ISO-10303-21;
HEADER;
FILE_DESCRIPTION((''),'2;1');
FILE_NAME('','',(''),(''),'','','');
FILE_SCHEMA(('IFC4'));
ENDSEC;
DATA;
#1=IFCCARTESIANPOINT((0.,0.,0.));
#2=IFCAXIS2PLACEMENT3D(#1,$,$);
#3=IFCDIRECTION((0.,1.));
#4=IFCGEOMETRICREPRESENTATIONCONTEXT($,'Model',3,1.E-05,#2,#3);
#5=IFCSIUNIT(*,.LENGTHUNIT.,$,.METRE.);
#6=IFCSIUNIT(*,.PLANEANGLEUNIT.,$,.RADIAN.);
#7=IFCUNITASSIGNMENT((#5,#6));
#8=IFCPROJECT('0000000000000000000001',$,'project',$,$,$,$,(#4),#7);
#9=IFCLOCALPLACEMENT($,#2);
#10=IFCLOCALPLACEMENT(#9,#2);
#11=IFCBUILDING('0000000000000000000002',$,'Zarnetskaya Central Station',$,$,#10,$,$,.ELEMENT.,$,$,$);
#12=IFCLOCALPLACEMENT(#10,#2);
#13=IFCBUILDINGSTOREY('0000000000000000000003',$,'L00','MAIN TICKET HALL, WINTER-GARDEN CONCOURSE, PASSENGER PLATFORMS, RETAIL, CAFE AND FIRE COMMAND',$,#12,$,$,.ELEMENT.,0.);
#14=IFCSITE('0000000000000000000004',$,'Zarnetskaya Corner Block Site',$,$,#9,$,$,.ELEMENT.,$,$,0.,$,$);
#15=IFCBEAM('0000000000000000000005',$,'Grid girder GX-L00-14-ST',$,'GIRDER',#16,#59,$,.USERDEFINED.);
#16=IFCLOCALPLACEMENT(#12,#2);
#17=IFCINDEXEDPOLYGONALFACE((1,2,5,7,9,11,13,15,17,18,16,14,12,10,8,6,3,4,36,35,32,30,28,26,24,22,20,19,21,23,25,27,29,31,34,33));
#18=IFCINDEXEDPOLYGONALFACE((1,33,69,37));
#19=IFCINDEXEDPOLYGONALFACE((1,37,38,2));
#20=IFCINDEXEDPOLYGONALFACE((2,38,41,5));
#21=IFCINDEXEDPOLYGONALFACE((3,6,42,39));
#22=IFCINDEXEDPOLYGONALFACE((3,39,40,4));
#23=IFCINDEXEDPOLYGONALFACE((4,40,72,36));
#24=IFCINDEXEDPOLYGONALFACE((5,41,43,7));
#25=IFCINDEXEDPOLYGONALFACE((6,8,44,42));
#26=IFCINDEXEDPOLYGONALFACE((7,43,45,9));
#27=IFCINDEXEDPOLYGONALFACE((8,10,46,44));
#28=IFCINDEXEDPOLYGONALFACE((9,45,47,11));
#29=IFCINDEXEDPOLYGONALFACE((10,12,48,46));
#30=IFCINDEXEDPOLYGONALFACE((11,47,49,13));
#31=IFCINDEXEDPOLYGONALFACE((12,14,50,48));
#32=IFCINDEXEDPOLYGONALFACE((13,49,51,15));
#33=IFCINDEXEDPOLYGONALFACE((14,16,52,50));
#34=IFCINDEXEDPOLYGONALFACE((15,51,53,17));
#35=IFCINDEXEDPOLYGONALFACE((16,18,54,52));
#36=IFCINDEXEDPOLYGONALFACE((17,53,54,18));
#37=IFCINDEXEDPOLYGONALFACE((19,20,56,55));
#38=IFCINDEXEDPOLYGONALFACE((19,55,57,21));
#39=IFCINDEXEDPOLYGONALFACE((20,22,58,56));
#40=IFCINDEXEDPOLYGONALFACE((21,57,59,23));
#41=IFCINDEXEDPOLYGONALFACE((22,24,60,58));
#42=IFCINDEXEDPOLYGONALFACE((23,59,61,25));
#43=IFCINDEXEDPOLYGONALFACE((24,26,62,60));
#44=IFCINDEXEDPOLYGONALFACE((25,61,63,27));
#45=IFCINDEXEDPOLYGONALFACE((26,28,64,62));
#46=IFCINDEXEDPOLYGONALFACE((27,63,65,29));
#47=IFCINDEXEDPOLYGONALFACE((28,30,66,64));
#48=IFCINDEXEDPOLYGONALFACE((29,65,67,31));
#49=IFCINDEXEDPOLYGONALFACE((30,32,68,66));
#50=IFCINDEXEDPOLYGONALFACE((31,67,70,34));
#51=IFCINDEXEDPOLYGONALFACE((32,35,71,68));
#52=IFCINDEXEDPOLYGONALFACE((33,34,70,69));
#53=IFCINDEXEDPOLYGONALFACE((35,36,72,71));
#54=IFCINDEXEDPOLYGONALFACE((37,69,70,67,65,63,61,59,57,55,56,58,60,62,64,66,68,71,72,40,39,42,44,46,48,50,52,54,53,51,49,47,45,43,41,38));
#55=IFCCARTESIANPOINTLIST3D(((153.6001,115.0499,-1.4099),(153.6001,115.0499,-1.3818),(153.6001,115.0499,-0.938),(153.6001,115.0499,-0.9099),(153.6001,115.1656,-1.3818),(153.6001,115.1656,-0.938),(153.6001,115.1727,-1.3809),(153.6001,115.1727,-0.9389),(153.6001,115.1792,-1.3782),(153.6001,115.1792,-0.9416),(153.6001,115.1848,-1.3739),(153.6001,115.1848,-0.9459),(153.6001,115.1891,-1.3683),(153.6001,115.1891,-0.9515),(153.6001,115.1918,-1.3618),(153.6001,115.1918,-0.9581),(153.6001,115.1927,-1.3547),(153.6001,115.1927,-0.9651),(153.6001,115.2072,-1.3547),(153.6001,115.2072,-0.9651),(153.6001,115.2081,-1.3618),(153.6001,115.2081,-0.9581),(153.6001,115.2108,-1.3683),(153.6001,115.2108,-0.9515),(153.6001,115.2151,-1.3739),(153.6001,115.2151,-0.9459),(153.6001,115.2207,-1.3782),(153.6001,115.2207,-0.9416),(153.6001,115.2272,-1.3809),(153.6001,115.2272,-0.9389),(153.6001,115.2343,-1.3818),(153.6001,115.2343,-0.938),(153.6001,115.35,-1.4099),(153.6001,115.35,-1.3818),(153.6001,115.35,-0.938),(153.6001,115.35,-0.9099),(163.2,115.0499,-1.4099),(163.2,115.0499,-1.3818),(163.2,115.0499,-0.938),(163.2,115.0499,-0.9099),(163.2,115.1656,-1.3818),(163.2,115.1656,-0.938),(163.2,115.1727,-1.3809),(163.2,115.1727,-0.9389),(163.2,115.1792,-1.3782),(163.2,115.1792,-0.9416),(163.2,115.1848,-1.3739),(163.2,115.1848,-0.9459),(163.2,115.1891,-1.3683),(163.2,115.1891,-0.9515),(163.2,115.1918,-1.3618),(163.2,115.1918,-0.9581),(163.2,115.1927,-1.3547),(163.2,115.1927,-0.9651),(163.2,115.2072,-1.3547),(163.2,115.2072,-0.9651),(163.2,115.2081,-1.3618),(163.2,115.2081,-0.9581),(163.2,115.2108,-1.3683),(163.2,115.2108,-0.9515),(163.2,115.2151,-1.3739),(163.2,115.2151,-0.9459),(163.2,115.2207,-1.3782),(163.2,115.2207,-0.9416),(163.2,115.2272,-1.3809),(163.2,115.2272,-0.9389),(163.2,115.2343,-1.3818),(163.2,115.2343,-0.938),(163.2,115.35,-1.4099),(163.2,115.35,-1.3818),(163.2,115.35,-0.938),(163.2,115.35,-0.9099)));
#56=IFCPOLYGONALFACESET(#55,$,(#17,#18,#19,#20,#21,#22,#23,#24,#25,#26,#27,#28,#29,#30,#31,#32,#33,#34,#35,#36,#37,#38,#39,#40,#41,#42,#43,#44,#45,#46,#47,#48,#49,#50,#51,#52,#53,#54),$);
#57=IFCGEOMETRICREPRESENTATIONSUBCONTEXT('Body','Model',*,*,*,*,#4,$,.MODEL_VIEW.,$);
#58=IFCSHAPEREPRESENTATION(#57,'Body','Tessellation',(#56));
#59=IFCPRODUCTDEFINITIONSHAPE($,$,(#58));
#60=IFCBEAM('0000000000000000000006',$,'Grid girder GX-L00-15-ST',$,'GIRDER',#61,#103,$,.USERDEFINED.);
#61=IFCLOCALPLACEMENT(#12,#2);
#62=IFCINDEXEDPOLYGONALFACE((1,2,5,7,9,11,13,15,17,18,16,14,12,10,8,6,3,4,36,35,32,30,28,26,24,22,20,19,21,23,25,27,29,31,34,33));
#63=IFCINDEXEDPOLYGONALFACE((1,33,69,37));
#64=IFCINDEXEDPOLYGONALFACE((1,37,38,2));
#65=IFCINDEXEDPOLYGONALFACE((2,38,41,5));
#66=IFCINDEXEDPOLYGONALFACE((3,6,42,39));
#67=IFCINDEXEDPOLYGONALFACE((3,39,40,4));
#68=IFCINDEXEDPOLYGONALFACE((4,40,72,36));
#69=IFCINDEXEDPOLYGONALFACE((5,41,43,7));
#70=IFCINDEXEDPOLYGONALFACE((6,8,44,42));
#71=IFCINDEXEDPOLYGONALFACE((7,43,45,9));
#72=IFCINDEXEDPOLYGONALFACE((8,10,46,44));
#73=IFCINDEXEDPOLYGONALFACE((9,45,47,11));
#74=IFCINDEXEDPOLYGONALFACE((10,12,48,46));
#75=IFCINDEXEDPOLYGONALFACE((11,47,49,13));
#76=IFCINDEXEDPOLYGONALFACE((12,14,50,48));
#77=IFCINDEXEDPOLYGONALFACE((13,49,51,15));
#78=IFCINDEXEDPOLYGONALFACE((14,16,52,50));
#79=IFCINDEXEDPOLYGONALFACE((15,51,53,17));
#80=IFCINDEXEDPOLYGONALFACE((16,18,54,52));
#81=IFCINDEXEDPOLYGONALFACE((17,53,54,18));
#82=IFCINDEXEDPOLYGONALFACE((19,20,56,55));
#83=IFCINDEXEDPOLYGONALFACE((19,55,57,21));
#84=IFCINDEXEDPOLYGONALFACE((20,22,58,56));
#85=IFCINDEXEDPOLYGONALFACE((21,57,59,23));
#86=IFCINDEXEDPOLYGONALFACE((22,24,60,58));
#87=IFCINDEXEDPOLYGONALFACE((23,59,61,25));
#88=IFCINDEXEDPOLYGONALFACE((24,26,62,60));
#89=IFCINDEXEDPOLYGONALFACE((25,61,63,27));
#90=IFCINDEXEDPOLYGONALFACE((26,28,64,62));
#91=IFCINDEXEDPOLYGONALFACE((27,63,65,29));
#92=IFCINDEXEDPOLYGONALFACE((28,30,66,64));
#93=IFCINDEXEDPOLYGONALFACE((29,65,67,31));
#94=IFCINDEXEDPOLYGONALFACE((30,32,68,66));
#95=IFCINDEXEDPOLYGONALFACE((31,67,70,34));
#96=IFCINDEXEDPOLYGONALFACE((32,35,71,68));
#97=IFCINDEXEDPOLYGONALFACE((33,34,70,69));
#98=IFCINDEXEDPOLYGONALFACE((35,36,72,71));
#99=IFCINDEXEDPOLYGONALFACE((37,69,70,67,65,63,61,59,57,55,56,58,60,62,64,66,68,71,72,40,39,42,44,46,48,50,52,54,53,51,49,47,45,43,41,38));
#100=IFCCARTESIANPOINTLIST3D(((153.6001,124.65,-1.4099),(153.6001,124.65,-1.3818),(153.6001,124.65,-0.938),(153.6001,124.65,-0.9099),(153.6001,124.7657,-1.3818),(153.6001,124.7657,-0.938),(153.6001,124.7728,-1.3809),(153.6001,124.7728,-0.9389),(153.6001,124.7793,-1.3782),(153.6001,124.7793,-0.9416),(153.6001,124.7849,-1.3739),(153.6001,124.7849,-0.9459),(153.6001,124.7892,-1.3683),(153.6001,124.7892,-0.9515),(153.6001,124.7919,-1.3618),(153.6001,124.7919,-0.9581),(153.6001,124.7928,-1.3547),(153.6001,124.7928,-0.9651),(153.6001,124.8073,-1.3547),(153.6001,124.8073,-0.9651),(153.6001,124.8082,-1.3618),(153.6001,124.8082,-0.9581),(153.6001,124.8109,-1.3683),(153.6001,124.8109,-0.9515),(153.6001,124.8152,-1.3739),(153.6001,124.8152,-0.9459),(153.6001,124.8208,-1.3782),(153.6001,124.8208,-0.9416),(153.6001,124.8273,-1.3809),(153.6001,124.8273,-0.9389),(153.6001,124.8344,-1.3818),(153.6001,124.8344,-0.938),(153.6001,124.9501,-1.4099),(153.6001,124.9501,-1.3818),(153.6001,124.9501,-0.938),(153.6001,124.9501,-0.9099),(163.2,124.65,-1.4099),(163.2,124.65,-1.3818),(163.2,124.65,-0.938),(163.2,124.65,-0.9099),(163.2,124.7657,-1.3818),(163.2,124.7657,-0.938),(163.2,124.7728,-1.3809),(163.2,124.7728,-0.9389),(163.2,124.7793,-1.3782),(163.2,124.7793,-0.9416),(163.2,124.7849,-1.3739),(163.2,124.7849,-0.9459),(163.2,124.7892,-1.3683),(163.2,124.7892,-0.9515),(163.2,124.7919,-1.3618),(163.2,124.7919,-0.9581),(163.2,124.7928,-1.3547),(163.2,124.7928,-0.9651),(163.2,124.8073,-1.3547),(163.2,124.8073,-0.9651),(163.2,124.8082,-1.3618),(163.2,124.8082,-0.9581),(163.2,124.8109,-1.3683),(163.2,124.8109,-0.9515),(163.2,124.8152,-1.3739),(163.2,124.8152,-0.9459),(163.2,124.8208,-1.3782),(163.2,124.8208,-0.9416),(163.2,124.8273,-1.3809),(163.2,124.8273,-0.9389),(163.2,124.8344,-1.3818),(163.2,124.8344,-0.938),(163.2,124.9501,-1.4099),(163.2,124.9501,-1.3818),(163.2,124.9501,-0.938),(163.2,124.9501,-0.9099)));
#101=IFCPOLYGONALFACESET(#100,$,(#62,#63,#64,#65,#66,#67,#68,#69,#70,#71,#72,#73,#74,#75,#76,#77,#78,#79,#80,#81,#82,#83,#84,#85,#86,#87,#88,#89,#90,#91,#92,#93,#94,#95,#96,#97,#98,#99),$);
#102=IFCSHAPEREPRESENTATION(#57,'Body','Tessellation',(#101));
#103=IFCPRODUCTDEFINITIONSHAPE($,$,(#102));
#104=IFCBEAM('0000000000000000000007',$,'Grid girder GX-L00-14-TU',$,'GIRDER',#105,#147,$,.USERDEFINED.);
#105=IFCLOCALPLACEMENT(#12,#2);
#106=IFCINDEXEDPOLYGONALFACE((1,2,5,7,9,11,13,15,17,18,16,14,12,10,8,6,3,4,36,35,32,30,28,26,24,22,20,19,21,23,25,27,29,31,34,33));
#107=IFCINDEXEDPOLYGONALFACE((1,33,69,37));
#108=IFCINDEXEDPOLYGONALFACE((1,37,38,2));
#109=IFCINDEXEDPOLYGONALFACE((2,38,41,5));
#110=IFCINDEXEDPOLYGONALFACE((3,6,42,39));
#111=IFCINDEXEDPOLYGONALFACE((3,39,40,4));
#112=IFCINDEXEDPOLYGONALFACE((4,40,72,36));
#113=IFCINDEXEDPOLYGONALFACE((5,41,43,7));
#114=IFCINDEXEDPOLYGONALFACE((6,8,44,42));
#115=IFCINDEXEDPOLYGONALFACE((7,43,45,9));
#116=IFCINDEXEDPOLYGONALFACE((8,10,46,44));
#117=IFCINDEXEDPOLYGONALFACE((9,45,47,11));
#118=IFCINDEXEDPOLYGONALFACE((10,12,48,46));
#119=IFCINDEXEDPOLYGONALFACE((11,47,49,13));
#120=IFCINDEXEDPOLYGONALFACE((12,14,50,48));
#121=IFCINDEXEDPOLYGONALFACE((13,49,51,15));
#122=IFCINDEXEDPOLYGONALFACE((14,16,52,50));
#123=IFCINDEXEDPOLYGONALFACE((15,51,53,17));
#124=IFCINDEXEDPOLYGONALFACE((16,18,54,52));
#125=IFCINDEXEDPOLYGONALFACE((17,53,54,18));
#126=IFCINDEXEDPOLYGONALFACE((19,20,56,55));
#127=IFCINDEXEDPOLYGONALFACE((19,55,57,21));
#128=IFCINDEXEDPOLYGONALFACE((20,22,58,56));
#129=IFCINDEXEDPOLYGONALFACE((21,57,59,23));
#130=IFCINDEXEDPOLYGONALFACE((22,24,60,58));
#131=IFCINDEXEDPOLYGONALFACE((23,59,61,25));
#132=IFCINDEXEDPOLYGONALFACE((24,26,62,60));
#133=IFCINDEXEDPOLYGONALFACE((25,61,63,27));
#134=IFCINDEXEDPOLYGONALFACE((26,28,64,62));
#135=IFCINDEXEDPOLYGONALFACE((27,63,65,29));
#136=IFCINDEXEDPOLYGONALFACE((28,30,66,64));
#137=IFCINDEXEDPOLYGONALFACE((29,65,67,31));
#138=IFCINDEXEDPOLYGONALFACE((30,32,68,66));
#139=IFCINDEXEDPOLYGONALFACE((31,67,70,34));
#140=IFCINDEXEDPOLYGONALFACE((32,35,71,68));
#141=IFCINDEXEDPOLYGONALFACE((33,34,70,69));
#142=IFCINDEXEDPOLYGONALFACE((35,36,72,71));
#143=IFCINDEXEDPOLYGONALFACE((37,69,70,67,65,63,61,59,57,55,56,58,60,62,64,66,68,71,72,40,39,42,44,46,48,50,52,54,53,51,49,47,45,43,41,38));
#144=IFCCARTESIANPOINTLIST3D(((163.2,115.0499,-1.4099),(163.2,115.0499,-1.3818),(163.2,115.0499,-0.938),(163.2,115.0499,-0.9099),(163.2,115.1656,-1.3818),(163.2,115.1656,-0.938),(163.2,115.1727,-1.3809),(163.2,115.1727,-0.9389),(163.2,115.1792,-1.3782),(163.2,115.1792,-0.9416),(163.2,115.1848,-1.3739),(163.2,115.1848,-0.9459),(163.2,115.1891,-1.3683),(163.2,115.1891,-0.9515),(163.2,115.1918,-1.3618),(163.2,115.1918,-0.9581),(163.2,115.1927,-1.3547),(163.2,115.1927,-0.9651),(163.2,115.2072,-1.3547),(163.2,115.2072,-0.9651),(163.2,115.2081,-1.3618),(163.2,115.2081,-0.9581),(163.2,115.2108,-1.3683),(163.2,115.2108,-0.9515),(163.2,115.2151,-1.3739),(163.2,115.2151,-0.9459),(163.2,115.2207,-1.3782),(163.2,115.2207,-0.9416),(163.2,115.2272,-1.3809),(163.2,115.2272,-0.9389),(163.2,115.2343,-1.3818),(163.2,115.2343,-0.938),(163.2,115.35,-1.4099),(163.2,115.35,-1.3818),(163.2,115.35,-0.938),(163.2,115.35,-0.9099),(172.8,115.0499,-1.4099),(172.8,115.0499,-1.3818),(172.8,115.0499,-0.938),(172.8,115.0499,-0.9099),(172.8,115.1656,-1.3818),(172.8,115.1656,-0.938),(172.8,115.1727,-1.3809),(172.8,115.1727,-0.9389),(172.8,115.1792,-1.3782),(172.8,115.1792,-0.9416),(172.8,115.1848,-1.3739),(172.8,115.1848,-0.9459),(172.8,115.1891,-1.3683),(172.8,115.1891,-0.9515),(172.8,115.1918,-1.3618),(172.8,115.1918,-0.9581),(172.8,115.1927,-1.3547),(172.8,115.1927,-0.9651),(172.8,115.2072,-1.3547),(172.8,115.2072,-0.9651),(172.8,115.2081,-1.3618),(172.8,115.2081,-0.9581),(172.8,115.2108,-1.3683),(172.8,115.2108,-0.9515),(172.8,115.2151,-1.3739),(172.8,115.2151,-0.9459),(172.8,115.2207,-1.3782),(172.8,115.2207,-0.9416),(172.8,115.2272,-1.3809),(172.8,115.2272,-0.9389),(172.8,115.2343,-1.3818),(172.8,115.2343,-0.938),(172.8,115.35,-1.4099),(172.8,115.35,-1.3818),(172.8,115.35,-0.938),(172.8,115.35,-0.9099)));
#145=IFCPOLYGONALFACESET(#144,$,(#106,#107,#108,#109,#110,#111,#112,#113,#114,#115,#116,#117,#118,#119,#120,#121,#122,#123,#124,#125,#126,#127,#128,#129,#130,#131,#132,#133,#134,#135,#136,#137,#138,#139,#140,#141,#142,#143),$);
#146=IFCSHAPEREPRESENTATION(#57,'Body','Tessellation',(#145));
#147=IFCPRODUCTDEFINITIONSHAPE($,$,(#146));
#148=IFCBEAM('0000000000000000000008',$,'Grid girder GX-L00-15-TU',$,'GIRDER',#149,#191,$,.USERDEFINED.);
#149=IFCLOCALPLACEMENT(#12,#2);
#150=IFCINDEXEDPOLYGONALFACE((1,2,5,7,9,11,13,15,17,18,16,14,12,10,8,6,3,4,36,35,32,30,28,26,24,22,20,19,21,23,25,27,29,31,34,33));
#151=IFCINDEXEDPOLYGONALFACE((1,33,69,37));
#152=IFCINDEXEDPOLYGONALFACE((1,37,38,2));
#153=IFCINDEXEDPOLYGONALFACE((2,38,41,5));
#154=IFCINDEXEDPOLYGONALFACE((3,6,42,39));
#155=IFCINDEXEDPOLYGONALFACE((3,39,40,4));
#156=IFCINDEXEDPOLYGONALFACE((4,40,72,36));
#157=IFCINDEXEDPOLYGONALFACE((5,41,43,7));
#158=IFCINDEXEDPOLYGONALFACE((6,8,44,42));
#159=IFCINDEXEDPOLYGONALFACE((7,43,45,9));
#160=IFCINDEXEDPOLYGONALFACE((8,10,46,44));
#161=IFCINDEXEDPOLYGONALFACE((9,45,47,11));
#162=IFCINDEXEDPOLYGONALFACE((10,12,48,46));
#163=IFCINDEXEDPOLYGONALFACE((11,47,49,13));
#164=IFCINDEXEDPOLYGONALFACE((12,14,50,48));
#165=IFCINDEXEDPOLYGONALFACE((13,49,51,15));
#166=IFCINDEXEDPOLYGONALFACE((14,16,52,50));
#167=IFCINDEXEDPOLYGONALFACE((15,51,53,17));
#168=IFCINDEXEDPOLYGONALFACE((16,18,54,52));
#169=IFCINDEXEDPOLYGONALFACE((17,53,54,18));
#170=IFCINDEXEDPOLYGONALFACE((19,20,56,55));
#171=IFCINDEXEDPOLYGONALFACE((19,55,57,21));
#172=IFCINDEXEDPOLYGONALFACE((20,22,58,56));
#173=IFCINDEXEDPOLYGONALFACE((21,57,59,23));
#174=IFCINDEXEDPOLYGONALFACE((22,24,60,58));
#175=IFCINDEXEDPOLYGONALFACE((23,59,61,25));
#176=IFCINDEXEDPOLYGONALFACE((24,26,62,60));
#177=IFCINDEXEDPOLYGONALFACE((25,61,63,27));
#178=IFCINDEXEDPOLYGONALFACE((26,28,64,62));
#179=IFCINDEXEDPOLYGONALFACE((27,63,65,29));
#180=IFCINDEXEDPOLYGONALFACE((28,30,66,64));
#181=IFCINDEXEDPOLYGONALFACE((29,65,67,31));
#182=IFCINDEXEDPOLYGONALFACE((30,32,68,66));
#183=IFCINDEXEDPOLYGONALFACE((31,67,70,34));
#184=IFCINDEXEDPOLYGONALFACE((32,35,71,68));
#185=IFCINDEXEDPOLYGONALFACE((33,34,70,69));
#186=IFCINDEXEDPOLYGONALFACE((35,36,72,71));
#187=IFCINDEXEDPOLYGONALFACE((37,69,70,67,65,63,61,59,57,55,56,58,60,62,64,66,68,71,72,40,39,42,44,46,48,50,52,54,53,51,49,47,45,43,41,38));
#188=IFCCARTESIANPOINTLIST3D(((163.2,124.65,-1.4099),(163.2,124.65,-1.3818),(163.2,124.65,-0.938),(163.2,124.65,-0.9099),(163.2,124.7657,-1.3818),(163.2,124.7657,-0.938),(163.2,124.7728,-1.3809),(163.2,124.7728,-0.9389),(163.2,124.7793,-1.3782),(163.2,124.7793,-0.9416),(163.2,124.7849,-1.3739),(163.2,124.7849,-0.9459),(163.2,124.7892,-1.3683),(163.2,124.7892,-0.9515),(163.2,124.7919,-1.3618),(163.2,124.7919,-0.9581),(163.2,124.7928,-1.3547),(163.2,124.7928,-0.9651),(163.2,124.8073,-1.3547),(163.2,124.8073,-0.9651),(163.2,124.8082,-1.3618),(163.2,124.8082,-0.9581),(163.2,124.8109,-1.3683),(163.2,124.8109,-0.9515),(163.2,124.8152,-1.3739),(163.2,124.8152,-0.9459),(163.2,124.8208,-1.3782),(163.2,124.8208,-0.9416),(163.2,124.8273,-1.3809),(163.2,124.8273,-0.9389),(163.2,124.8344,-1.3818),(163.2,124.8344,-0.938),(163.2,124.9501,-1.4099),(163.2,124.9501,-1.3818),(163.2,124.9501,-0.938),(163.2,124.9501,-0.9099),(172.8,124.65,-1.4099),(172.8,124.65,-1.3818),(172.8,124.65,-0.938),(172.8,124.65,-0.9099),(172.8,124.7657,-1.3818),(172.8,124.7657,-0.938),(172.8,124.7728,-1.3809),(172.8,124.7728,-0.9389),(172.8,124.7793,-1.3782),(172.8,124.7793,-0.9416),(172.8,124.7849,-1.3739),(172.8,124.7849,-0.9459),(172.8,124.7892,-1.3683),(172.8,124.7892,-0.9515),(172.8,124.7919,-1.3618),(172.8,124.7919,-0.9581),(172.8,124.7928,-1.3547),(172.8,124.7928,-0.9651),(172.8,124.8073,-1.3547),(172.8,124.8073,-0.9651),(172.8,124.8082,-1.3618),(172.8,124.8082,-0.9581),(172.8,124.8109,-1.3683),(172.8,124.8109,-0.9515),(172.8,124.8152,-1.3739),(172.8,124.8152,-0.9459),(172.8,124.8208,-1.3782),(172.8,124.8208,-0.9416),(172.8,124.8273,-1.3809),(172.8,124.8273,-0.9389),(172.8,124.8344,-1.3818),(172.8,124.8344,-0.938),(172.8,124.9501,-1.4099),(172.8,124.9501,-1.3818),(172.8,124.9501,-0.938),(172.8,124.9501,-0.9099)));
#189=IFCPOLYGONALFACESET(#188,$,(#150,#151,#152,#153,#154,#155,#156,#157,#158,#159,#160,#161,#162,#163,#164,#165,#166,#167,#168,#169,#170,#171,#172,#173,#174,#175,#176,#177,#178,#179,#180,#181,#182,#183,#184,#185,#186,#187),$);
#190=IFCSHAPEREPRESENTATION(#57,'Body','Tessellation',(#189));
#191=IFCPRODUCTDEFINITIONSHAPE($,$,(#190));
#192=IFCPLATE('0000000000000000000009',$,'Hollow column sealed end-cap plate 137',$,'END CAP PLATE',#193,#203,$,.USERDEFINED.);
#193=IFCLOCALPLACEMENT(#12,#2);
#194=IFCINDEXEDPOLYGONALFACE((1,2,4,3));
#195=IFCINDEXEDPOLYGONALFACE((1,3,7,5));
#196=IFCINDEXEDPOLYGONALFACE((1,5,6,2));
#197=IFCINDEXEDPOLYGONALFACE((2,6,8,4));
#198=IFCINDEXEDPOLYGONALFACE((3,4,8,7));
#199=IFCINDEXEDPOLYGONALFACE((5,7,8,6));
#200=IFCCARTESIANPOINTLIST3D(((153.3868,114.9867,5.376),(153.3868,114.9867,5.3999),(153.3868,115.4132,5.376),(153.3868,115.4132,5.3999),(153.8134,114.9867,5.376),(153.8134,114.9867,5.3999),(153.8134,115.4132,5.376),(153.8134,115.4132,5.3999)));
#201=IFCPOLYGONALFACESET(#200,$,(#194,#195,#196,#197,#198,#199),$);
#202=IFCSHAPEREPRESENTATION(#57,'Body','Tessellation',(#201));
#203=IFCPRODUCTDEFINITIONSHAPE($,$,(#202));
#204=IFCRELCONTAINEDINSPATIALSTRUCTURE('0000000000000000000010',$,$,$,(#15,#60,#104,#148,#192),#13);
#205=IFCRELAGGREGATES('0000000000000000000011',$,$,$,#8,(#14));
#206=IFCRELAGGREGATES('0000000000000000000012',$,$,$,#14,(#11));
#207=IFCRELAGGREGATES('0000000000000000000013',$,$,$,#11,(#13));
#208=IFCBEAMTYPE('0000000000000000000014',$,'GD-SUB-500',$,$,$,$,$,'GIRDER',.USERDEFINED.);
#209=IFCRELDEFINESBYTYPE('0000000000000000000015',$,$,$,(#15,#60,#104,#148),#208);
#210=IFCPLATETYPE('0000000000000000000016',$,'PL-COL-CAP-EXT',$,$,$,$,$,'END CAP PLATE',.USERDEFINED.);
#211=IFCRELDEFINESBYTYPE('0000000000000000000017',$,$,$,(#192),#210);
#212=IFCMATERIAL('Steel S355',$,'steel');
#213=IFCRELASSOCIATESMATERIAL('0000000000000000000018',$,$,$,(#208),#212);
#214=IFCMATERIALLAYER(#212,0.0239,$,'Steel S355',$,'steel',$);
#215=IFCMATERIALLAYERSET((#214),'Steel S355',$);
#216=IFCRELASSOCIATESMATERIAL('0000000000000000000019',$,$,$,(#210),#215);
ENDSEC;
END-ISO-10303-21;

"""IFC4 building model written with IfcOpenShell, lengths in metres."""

from ifc_helpers import new_model, si_unit, direction, frame, origin, origin_2d, place, context, subcontext, project, spatial, rectangle, i_section, extrude, material, layer, layer_set, material_profile, profile_set, type_object, element, save


model = new_model("IFC4")

# Units and contexts
model_context = context("Model", 3, precision=1e-05, world=origin(), true_north=direction((0.0, 1.0)))
body_context = subcontext(model_context, "Body", "Model", "MODEL_VIEW")
ifc_project = project(units=[si_unit("LENGTHUNIT", "METRE"), si_unit("PLANEANGLEUNIT", "RADIAN")], contexts=[model_context])

# Site, building, storey
site_placement = place(None, origin())
site = spatial("IfcSite", under=ifc_project, at=site_placement, Name="Zarnetskaya Corner Block Site", CompositionType="ELEMENT", RefElevation=0.0)
building_placement = place(site_placement, origin())
building = spatial("IfcBuilding", under=site, at=building_placement, Name="Zarnetskaya Central Station", CompositionType="ELEMENT")
storey_placement = place(building_placement, origin())
storey = spatial("IfcBuildingStorey", under=building, at=storey_placement, Name="L00", Description="MAIN TICKET HALL, WINTER-GARDEN CONCOURSE, PASSENGER PLATFORMS, RETAIL, CAFE AND FIRE COMMAND", CompositionType="ELEMENT", Elevation=0.0)

# Shared definitions
ifc_material = material(Name="Steel S355", Category="steel")

# Beams
ifc_material_profile_1 = material_profile(ifc_material, i_section(OverallWidth=0.3, OverallDepth=0.5, WebThickness=0.0144, FlangeThickness=0.0281, FilletRadius=0.0271, at=origin_2d()), Name="HEB 500")
ifc_profile_set_1 = profile_set([ifc_material_profile_1], Name="Steel S355")
beam_type_1 = type_object("IfcBeamType", Name="GD-SUB-500", ElementType="GIRDER", PredefinedType="USERDEFINED", material=ifc_profile_set_1)
for number, where, z_axis, x_axis, name in (
    (1, (153.6001, 115.2, -1.1599), (1.0, 0.0, 0.0), (0.0, 1.0, 0.0), "Grid girder GX-L00-14-ST"),
    (2, (153.6001, 124.8, -1.1599), (1.0, 0.0, 0.0), (0.0, 1.0, 0.0), "Grid girder GX-L00-15-ST"),
):
    element("IfcBeam", number, at=place(storey_placement, frame(where, z_axis=z_axis, x_axis=x_axis)), inside=storey, type_object=beam_type_1, Name=name, ObjectType="GIRDER", PredefinedType="USERDEFINED", context=body_context, shape_type="SweptSolid", body=[
        extrude(i_section(OverallWidth=0.3, OverallDepth=0.5, WebThickness=0.0144, FlangeThickness=0.0281, FilletRadius=0.0271, at=origin_2d()), origin(), (0.0, 0.0, 1.0), 9.5999),
    ])
for number, where, z_axis, x_axis, name in (
    (3, (163.2, 115.2, -1.1599), (1.0, 0.0, 0.0), (0.0, 1.0, 0.0), "Grid girder GX-L00-14-TU"),
    (4, (163.2, 124.8, -1.1599), (1.0, 0.0, 0.0), (0.0, 1.0, 0.0), "Grid girder GX-L00-15-TU"),
):
    element("IfcBeam", number, at=place(storey_placement, frame(where, z_axis=z_axis, x_axis=x_axis)), inside=storey, type_object=beam_type_1, Name=name, ObjectType="GIRDER", PredefinedType="USERDEFINED", context=body_context, shape_type="SweptSolid", body=[
        extrude(i_section(OverallWidth=0.3, OverallDepth=0.5, WebThickness=0.0144, FlangeThickness=0.0281, FilletRadius=0.0271, at=origin_2d()), origin(), (0.0, 0.0, 1.0), 9.6001),
    ])

# Plate
ifc_layer = layer(ifc_material, 0.0239, Name="Steel S355", Category="steel")
ifc_layer_set = layer_set([ifc_layer], Name="Steel S355")
plate_type = type_object("IfcPlateType", Name="PL-COL-CAP-EXT", ElementType="END CAP PLATE", PredefinedType="USERDEFINED", material=ifc_layer_set)
for number, where, z_axis, x_axis, name in (
    (5, (153.6001, 115.2, 5.376), (0.0, 0.0, 1.0), (1.0, 0.0, 0.0), "Hollow column sealed end-cap plate 137"),
):
    element("IfcPlate", number, at=place(storey_placement, frame(where, z_axis=z_axis, x_axis=x_axis)), inside=storey, type_object=plate_type, Name=name, ObjectType="END CAP PLATE", PredefinedType="USERDEFINED", context=body_context, shape_type="SweptSolid", body=[
        extrude(rectangle(XDim=0.4265, YDim=0.4265, at=origin_2d()), origin(), (0.0, 0.0, 1.0), 0.0239),
    ])

save(model, "model.ifc")
